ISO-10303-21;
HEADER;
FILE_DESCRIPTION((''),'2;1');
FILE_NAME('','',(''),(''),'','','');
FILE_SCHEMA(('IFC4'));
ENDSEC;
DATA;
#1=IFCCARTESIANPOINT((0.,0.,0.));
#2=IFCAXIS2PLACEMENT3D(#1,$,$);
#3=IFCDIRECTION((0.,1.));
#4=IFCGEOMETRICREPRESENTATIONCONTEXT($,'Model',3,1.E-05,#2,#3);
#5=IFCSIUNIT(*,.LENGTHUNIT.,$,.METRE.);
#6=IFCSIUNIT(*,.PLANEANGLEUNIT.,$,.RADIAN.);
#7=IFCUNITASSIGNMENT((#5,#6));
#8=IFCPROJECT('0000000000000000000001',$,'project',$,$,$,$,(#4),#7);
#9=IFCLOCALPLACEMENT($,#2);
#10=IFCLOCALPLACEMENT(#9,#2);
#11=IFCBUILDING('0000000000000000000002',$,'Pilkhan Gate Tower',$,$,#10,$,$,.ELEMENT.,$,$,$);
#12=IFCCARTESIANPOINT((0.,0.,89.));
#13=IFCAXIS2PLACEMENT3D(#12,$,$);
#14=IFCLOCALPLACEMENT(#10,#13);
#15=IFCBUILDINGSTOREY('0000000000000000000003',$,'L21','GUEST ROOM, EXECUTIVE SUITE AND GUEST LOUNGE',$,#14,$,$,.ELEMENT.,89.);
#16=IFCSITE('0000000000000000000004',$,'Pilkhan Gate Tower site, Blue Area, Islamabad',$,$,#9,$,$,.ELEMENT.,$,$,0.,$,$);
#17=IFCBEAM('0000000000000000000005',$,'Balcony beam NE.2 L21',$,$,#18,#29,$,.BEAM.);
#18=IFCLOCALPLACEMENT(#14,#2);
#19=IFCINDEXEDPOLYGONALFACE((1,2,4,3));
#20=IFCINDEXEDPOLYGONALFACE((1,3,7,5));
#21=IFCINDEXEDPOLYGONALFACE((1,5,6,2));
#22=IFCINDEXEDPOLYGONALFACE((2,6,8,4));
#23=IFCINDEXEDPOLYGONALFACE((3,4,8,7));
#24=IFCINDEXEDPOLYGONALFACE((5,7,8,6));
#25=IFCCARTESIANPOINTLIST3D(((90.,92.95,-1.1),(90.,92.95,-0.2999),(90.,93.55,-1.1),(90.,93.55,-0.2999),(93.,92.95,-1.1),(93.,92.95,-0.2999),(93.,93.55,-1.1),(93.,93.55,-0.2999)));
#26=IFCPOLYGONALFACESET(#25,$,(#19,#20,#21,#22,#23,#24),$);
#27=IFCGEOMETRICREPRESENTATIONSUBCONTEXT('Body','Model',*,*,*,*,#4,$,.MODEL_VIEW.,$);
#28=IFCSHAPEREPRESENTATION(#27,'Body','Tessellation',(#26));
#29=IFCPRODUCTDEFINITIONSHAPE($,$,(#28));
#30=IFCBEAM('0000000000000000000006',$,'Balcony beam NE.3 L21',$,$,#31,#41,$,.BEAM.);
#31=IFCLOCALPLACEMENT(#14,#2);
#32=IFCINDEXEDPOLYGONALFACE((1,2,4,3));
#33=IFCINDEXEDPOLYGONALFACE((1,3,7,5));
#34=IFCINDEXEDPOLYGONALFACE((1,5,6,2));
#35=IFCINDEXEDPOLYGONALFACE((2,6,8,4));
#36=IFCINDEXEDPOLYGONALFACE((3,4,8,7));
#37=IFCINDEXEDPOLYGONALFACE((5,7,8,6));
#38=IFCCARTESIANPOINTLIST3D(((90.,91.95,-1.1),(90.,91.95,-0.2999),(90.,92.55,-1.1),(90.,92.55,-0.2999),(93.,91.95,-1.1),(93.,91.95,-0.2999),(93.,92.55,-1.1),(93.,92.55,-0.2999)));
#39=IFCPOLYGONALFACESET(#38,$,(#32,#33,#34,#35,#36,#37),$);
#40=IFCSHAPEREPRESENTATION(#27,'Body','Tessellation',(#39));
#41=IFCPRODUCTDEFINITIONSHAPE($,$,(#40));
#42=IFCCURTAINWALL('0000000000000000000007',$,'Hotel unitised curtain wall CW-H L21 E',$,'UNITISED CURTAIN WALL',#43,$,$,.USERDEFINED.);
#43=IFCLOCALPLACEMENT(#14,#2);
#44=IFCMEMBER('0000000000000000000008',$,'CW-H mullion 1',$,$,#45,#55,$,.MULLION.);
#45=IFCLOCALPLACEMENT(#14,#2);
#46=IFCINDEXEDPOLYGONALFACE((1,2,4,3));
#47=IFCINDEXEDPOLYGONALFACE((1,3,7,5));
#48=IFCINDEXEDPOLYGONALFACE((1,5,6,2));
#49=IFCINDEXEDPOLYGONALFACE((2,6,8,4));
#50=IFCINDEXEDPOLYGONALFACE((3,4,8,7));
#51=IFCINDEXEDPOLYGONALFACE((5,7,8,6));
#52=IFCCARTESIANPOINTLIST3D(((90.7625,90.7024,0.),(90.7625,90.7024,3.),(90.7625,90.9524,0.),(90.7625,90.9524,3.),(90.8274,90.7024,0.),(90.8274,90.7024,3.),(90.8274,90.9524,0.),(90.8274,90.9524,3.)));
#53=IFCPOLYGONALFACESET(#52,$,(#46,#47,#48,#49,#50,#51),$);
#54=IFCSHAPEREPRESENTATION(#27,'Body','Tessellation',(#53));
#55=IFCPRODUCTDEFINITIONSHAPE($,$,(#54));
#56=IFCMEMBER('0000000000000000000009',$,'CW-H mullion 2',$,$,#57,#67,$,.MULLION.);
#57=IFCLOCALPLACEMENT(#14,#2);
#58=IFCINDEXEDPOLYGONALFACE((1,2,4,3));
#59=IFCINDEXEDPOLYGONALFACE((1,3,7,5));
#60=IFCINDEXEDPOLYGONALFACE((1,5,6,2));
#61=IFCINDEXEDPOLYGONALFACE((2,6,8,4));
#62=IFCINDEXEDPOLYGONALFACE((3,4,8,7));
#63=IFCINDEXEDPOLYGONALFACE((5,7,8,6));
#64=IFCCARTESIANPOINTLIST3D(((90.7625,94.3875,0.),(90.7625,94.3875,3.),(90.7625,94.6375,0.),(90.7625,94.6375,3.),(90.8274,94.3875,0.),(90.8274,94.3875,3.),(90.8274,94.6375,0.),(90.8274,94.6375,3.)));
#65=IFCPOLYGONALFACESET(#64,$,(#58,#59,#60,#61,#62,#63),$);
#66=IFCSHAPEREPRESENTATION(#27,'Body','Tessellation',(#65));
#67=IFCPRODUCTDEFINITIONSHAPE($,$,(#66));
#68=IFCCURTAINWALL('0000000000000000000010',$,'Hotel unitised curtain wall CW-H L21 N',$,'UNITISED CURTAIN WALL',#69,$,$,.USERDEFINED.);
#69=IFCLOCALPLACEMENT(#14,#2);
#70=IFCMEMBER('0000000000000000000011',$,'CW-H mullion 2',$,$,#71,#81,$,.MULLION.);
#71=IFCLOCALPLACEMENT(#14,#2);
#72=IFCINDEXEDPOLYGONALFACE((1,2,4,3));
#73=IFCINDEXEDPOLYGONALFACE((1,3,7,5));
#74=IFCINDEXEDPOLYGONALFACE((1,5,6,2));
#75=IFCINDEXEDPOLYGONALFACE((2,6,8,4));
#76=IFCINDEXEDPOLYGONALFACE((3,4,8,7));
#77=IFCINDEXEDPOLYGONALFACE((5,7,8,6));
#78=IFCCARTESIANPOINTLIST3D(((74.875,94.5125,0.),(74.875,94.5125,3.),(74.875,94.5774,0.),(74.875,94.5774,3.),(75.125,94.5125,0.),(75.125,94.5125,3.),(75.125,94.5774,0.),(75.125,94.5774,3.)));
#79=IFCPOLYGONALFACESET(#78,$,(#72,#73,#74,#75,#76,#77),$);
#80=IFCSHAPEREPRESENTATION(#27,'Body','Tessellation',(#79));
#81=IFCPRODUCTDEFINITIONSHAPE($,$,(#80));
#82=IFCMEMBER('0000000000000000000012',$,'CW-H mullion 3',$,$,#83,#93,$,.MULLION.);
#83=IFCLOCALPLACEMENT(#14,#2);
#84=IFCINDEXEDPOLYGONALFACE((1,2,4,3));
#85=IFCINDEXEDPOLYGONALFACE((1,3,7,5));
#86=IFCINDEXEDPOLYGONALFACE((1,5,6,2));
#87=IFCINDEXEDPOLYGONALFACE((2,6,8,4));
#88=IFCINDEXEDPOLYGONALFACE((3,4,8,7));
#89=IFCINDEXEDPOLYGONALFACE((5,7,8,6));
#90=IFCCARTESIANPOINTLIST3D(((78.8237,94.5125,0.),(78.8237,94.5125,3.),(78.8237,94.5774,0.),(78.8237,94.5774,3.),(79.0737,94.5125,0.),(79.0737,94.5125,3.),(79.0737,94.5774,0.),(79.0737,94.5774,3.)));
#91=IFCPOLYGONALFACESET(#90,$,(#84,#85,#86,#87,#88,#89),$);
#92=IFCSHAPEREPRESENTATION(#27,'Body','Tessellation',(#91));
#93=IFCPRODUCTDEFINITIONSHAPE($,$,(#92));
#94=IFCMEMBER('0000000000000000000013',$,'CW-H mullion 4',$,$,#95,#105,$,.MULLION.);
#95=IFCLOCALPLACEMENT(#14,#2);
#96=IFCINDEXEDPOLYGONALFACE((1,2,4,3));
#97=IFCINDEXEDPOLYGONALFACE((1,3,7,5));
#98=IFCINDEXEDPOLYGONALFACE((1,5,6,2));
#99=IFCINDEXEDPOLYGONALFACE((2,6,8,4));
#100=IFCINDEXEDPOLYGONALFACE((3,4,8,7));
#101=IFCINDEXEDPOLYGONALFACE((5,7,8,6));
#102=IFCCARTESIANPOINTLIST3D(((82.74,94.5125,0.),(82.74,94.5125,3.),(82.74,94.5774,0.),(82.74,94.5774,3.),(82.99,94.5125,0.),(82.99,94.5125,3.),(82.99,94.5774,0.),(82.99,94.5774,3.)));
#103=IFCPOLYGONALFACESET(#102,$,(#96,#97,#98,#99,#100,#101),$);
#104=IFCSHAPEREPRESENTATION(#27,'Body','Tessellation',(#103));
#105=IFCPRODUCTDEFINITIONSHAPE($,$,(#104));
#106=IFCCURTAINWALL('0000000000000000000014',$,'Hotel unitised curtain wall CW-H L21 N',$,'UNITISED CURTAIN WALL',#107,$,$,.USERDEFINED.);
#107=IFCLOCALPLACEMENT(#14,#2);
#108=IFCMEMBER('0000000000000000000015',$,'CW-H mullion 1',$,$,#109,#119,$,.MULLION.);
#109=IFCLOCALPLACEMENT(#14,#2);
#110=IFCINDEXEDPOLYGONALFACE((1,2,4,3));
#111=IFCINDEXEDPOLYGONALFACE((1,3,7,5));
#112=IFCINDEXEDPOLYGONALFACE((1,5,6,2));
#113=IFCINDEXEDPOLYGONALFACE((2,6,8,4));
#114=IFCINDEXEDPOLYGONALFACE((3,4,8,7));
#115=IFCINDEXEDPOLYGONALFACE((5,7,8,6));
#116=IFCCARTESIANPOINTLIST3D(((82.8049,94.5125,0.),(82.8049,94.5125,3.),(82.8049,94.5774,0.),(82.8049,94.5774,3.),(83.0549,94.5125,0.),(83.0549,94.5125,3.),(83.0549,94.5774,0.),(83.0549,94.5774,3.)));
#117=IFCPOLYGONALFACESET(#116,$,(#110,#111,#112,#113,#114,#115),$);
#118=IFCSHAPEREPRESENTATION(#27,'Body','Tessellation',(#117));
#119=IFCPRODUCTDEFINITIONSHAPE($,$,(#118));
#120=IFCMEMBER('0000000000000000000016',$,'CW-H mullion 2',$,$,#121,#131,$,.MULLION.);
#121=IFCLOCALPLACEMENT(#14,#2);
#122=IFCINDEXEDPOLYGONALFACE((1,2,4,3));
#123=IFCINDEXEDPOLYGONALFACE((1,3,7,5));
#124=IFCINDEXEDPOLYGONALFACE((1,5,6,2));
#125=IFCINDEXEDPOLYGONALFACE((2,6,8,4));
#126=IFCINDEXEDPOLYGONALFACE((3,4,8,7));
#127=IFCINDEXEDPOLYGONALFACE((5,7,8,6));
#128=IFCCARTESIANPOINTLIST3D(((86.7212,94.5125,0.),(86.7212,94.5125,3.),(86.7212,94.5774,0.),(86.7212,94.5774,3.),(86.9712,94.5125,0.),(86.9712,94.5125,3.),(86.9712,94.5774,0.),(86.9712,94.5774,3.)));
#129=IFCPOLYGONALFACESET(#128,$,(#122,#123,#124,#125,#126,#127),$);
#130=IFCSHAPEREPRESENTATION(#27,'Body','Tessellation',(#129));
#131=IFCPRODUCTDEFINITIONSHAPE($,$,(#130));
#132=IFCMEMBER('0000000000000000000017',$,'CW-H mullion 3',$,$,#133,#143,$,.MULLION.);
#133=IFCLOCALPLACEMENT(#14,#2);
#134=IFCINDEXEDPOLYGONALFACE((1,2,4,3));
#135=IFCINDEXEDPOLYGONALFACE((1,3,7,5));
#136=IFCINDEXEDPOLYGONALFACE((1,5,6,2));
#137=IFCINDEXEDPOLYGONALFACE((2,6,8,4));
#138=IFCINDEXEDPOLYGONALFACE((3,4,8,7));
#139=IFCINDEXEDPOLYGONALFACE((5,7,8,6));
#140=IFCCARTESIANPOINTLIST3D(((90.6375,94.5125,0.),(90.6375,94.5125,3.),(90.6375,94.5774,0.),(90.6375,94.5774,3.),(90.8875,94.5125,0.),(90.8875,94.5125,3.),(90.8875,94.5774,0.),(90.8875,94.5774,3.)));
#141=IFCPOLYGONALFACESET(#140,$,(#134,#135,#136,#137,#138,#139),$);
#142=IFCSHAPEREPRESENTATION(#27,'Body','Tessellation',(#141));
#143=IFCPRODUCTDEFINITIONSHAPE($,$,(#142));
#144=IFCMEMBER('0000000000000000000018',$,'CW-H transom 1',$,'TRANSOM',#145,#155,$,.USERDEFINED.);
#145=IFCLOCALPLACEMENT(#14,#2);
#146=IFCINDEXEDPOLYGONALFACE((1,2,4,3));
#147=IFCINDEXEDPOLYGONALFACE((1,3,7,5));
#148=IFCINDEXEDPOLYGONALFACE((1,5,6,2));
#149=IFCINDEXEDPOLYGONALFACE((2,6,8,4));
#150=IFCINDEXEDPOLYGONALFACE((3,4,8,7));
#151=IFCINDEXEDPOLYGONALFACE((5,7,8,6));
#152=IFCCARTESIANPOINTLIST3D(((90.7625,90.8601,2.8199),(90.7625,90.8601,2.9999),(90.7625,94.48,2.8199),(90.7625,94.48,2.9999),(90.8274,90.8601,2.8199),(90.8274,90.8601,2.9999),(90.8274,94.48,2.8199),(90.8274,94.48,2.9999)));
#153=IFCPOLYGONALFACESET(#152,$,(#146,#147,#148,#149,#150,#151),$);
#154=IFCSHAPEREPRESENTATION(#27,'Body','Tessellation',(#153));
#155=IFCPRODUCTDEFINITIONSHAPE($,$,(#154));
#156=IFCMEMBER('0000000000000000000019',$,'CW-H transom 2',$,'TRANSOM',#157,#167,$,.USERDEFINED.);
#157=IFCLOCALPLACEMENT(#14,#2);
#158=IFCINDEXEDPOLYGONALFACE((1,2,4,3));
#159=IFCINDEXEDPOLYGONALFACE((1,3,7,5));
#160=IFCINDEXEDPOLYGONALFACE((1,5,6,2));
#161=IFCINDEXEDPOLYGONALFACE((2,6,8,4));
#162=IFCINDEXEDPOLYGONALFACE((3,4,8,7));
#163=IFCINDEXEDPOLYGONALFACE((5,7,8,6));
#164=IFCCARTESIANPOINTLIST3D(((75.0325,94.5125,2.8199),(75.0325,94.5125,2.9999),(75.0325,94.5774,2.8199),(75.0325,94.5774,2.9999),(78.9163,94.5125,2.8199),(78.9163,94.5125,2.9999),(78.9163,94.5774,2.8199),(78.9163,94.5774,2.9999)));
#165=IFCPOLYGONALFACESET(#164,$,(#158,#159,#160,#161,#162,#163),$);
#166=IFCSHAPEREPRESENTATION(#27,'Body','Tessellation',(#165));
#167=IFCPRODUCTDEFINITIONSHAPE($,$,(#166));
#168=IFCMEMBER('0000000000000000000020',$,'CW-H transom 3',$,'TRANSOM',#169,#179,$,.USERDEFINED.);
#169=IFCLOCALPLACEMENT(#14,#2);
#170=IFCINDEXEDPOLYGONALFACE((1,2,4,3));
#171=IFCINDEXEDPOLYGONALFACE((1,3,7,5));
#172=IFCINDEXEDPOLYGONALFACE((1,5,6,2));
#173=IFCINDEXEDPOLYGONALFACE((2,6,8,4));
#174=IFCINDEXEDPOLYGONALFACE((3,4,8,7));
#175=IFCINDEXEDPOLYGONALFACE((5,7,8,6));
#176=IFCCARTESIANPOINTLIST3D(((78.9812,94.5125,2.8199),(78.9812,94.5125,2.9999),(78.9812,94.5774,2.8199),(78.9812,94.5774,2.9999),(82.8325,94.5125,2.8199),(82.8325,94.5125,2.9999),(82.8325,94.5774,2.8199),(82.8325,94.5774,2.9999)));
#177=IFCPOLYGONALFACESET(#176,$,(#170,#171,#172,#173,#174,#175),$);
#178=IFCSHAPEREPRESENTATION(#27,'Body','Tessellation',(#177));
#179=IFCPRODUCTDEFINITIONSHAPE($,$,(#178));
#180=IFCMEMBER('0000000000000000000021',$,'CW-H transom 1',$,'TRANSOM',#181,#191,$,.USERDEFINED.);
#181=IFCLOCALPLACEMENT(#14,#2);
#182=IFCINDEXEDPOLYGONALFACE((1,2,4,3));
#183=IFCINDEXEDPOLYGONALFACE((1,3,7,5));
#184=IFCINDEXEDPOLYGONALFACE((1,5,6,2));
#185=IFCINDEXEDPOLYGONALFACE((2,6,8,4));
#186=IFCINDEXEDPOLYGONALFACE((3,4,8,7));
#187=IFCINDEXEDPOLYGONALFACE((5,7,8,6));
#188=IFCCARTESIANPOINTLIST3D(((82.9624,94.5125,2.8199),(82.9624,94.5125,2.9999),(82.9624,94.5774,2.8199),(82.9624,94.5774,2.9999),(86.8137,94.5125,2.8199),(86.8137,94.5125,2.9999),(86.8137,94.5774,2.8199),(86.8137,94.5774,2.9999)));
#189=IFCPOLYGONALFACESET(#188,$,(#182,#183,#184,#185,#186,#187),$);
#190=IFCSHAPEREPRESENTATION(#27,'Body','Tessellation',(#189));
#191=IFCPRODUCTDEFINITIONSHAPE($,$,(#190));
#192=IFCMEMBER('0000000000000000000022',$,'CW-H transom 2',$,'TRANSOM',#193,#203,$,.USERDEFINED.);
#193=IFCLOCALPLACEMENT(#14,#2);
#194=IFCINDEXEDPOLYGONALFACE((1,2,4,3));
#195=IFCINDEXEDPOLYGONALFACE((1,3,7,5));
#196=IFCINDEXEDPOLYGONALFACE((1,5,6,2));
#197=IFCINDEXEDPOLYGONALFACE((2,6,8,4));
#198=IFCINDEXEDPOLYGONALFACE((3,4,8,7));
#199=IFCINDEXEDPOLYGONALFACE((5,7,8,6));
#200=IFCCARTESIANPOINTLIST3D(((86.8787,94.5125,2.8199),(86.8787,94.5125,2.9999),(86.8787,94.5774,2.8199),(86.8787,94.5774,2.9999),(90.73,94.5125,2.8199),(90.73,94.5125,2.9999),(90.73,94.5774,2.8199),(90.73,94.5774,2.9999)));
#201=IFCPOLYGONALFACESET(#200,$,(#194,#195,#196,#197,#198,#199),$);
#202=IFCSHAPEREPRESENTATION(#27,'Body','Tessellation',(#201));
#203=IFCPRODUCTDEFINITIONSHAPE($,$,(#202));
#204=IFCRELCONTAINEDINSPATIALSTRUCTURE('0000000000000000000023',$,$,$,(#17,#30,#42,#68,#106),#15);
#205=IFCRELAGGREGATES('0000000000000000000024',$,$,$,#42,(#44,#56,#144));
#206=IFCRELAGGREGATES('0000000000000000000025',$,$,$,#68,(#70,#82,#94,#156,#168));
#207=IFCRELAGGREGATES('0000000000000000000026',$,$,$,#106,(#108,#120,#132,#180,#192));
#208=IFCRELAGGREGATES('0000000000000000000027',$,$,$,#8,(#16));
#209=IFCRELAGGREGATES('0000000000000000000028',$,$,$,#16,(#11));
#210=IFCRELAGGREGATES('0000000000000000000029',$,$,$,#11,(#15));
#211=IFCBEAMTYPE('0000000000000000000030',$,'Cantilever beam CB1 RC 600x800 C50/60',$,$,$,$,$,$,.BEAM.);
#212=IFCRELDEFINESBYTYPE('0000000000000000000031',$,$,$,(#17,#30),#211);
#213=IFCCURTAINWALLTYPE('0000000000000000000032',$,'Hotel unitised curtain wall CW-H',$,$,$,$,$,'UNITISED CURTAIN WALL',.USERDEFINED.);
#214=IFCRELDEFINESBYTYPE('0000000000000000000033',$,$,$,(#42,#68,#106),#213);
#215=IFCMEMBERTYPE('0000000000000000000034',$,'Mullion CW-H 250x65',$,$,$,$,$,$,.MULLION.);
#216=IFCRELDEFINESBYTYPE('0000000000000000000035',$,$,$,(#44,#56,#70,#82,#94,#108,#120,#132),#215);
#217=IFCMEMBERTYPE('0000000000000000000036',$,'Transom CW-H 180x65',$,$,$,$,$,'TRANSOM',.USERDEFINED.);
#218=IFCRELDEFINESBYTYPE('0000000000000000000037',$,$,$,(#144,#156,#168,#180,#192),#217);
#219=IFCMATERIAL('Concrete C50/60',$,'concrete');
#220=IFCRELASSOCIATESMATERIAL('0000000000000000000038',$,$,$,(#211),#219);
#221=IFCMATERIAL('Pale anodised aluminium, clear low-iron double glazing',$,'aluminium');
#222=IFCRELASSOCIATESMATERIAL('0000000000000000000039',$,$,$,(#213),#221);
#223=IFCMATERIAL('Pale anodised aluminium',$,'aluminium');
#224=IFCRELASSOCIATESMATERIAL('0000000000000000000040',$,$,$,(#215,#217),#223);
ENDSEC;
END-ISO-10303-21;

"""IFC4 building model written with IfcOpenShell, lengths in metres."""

from ifc_helpers import new_model, si_unit, direction, frame, origin, origin_2d, place, context, subcontext, project, spatial, rectangle, extrude, material, material_profile, profile_set, type_object, element, aggregate, save


model = new_model("IFC4")

# Units and contexts
model_context = context("Model", 3, precision=1e-05, world=origin(), true_north=direction((0.0, 1.0)))
body_context = subcontext(model_context, "Body", "Model", "MODEL_VIEW")
ifc_project = project(units=[si_unit("LENGTHUNIT", "METRE"), si_unit("PLANEANGLEUNIT", "RADIAN")], contexts=[model_context])

# Site, building, storey
site_placement = place(None, origin())
site = spatial("IfcSite", under=ifc_project, at=site_placement, Name="Pilkhan Gate Tower site, Blue Area, Islamabad", CompositionType="ELEMENT", RefElevation=0.0)
building_placement = place(site_placement, origin())
building = spatial("IfcBuilding", under=site, at=building_placement, Name="Pilkhan Gate Tower", CompositionType="ELEMENT")
storey_placement = place(building_placement, frame((0.0, 0.0, 89.0)))
storey = spatial("IfcBuildingStorey", under=building, at=storey_placement, Name="L21", Description="GUEST ROOM, EXECUTIVE SUITE AND GUEST LOUNGE", CompositionType="ELEMENT", Elevation=89.0)

# Beams
ifc_material_1 = material(Name="Concrete C50/60", Category="concrete")
ifc_material_profile_1 = material_profile(ifc_material_1, rectangle(XDim=0.6001, YDim=0.8, at=origin_2d()), Name="RC 600x800")
ifc_profile_set_1 = profile_set([ifc_material_profile_1], Name="Concrete C50/60")
beam_type = type_object("IfcBeamType", Name="Cantilever beam CB1 RC 600x800 C50/60", PredefinedType="BEAM", material=ifc_profile_set_1)
for number, where, z_axis, x_axis, name in (
    (1, (90.0, 93.25, -0.7), (1.0, 0.0, 0.0), (0.0, 1.0, 0.0), "Balcony beam NE.2 L21"),
    (2, (90.0, 92.25, -0.7), (1.0, 0.0, 0.0), (0.0, 1.0, 0.0), "Balcony beam NE.3 L21"),
):
    element("IfcBeam", number, at=place(storey_placement, frame(where, z_axis=z_axis, x_axis=x_axis)), inside=storey, type_object=beam_type, Name=name, PredefinedType="BEAM", context=body_context, shape_type="SweptSolid", body=[
        extrude(rectangle(XDim=0.6001, YDim=0.8, at=origin_2d()), origin(), (0.0, 0.0, 1.0), 3.0),
    ])

# Curtain walls, members
ifc_material_2 = material(Name="Pale anodised aluminium, clear low-iron double glazing", Category="aluminium")
curtain_wall_type = type_object("IfcCurtainWallType", Name="Hotel unitised curtain wall CW-H", ElementType="UNITISED CURTAIN WALL", PredefinedType="USERDEFINED", material=ifc_material_2)
curtain_wall_1_placement = place(storey_placement, origin())
curtain_wall_1 = element("IfcCurtainWall", 3, at=curtain_wall_1_placement, inside=storey, type_object=curtain_wall_type, Name="Hotel unitised curtain wall CW-H L21 E", ObjectType="UNITISED CURTAIN WALL", PredefinedType="USERDEFINED")
ifc_material_3 = material(Name="Pale anodised aluminium", Category="aluminium")
ifc_material_profile_2 = material_profile(ifc_material_3, rectangle(XDim=0.0649, YDim=0.25, at=origin_2d()), Name="Mullion 250x65")
ifc_profile_set_2 = profile_set([ifc_material_profile_2], Name="Pale anodised aluminium")
member_type_1 = type_object("IfcMemberType", Name="Mullion CW-H 250x65", PredefinedType="MULLION", material=ifc_profile_set_2)
member_1_placement = place(storey_placement, frame((90.7949, 90.8274, 0.0), z_axis=(0.0, 0.0, 1.0), x_axis=(-1.0, 0.0, 0.0)))
member_1 = element("IfcMember", 4, at=member_1_placement, type_object=member_type_1, Name="CW-H mullion 1", PredefinedType="MULLION", context=body_context, shape_type="SweptSolid", body=[
    extrude(rectangle(XDim=0.0649, YDim=0.25, at=origin_2d()), origin(), (0.0, 0.0, 1.0), 3.0),
])
member_2_placement = place(storey_placement, frame((90.7949, 94.5125, 0.0), z_axis=(0.0, 0.0, 1.0), x_axis=(-1.0, 0.0, 0.0)))
member_2 = element("IfcMember", 5, at=member_2_placement, type_object=member_type_1, Name="CW-H mullion 2", PredefinedType="MULLION", context=body_context, shape_type="SweptSolid", body=[
    extrude(rectangle(XDim=0.0649, YDim=0.25, at=origin_2d()), origin(), (0.0, 0.0, 1.0), 3.0),
])
curtain_wall_2_placement = place(storey_placement, origin())
curtain_wall_2 = element("IfcCurtainWall", 6, at=curtain_wall_2_placement, inside=storey, type_object=curtain_wall_type, Name="Hotel unitised curtain wall CW-H L21 N", ObjectType="UNITISED CURTAIN WALL", PredefinedType="USERDEFINED")
member_3_placement = place(storey_placement, frame((75.0, 94.5449, 0.0), z_axis=(0.0, 0.0, 1.0), x_axis=(0.0, 1.0, 0.0)))
member_3 = element("IfcMember", 7, at=member_3_placement, type_object=member_type_1, Name="CW-H mullion 2", PredefinedType="MULLION", context=body_context, shape_type="SweptSolid", body=[
    extrude(rectangle(XDim=0.0649, YDim=0.25, at=origin_2d()), origin(), (0.0, 0.0, 1.0), 3.0),
])
member_4_placement = place(storey_placement, frame((78.9487, 94.5449, 0.0), z_axis=(0.0, 0.0, 1.0), x_axis=(0.0, 1.0, 0.0)))
member_4 = element("IfcMember", 8, at=member_4_placement, type_object=member_type_1, Name="CW-H mullion 3", PredefinedType="MULLION", context=body_context, shape_type="SweptSolid", body=[
    extrude(rectangle(XDim=0.0649, YDim=0.25, at=origin_2d()), origin(), (0.0, 0.0, 1.0), 3.0),
])
member_5_placement = place(storey_placement, frame((82.865, 94.5449, 0.0), z_axis=(0.0, 0.0, 1.0), x_axis=(0.0, 1.0, 0.0)))
member_5 = element("IfcMember", 9, at=member_5_placement, type_object=member_type_1, Name="CW-H mullion 4", PredefinedType="MULLION", context=body_context, shape_type="SweptSolid", body=[
    extrude(rectangle(XDim=0.0649, YDim=0.25, at=origin_2d()), origin(), (0.0, 0.0, 1.0), 3.0),
])
curtain_wall_3_placement = place(storey_placement, origin())
curtain_wall_3 = element("IfcCurtainWall", 10, at=curtain_wall_3_placement, inside=storey, type_object=curtain_wall_type, Name="Hotel unitised curtain wall CW-H L21 N", ObjectType="UNITISED CURTAIN WALL", PredefinedType="USERDEFINED")
member_6_placement = place(storey_placement, frame((82.9299, 94.5449, 0.0), z_axis=(0.0, 0.0, 1.0), x_axis=(0.0, 1.0, 0.0)))
member_6 = element("IfcMember", 11, at=member_6_placement, type_object=member_type_1, Name="CW-H mullion 1", PredefinedType="MULLION", context=body_context, shape_type="SweptSolid", body=[
    extrude(rectangle(XDim=0.0649, YDim=0.25, at=origin_2d()), origin(), (0.0, 0.0, 1.0), 3.0),
])
member_7_placement = place(storey_placement, frame((86.8462, 94.5449, 0.0), z_axis=(0.0, 0.0, 1.0), x_axis=(0.0, 1.0, 0.0)))
member_7 = element("IfcMember", 12, at=member_7_placement, type_object=member_type_1, Name="CW-H mullion 2", PredefinedType="MULLION", context=body_context, shape_type="SweptSolid", body=[
    extrude(rectangle(XDim=0.0649, YDim=0.25, at=origin_2d()), origin(), (0.0, 0.0, 1.0), 3.0),
])
member_8_placement = place(storey_placement, frame((90.7625, 94.5449, 0.0), z_axis=(0.0, 0.0, 1.0), x_axis=(0.0, 1.0, 0.0)))
member_8 = element("IfcMember", 13, at=member_8_placement, type_object=member_type_1, Name="CW-H mullion 3", PredefinedType="MULLION", context=body_context, shape_type="SweptSolid", body=[
    extrude(rectangle(XDim=0.0649, YDim=0.25, at=origin_2d()), origin(), (0.0, 0.0, 1.0), 3.0),
])

# Members
ifc_material_profile_3 = material_profile(ifc_material_3, rectangle(XDim=0.0649, YDim=0.1799, at=origin_2d()), Name="Transom 180x65")
ifc_profile_set_3 = profile_set([ifc_material_profile_3], Name="Pale anodised aluminium")
member_type_2 = type_object("IfcMemberType", Name="Transom CW-H 180x65", ElementType="TRANSOM", PredefinedType="USERDEFINED", material=ifc_profile_set_3)
member_9_placement = place(storey_placement, frame((90.7949, 90.8601, 2.9099), z_axis=(0.0, 1.0, 0.0), x_axis=(-1.0, 0.0, 0.0)))
member_9 = element("IfcMember", 14, at=member_9_placement, type_object=member_type_2, Name="CW-H transom 1", ObjectType="TRANSOM", PredefinedType="USERDEFINED", context=body_context, shape_type="SweptSolid", body=[
    extrude(rectangle(XDim=0.0649, YDim=0.1799, at=origin_2d()), origin(), (0.0, 0.0, 1.0), 3.6199),
])
member_10_placement = place(storey_placement, frame((75.0325, 94.5449, 2.9099), z_axis=(1.0, 0.0, 0.0), x_axis=(0.0, 1.0, 0.0)))
member_10 = element("IfcMember", 15, at=member_10_placement, type_object=member_type_2, Name="CW-H transom 2", ObjectType="TRANSOM", PredefinedType="USERDEFINED", context=body_context, shape_type="SweptSolid", body=[
    extrude(rectangle(XDim=0.0649, YDim=0.1799, at=origin_2d()), origin(), (0.0, 0.0, 1.0), 3.8838),
])
member_11_placement = place(storey_placement, frame((78.9812, 94.5449, 2.9099), z_axis=(1.0, 0.0, 0.0), x_axis=(0.0, 1.0, 0.0)))
member_11 = element("IfcMember", 16, at=member_11_placement, type_object=member_type_2, Name="CW-H transom 3", ObjectType="TRANSOM", PredefinedType="USERDEFINED", context=body_context, shape_type="SweptSolid", body=[
    extrude(rectangle(XDim=0.0649, YDim=0.1799, at=origin_2d()), origin(), (0.0, 0.0, 1.0), 3.8513),
])
member_12_placement = place(storey_placement, frame((82.9624, 94.5449, 2.9099), z_axis=(1.0, 0.0, 0.0), x_axis=(0.0, 1.0, 0.0)))
member_12 = element("IfcMember", 17, at=member_12_placement, type_object=member_type_2, Name="CW-H transom 1", ObjectType="TRANSOM", PredefinedType="USERDEFINED", context=body_context, shape_type="SweptSolid", body=[
    extrude(rectangle(XDim=0.0649, YDim=0.1799, at=origin_2d()), origin(), (0.0, 0.0, 1.0), 3.8513),
])
member_13_placement = place(storey_placement, frame((86.8787, 94.5449, 2.9099), z_axis=(1.0, 0.0, 0.0), x_axis=(0.0, 1.0, 0.0)))
member_13 = element("IfcMember", 18, at=member_13_placement, type_object=member_type_2, Name="CW-H transom 2", ObjectType="TRANSOM", PredefinedType="USERDEFINED", context=body_context, shape_type="SweptSolid", body=[
    extrude(rectangle(XDim=0.0649, YDim=0.1799, at=origin_2d()), origin(), (0.0, 0.0, 1.0), 3.8513),
])

aggregate(curtain_wall_1, [member_1, member_2, member_9])
aggregate(curtain_wall_2, [member_3, member_4, member_5, member_10, member_11])
aggregate(curtain_wall_3, [member_6, member_7, member_8, member_12, member_13])

save(model, "model.ifc")
